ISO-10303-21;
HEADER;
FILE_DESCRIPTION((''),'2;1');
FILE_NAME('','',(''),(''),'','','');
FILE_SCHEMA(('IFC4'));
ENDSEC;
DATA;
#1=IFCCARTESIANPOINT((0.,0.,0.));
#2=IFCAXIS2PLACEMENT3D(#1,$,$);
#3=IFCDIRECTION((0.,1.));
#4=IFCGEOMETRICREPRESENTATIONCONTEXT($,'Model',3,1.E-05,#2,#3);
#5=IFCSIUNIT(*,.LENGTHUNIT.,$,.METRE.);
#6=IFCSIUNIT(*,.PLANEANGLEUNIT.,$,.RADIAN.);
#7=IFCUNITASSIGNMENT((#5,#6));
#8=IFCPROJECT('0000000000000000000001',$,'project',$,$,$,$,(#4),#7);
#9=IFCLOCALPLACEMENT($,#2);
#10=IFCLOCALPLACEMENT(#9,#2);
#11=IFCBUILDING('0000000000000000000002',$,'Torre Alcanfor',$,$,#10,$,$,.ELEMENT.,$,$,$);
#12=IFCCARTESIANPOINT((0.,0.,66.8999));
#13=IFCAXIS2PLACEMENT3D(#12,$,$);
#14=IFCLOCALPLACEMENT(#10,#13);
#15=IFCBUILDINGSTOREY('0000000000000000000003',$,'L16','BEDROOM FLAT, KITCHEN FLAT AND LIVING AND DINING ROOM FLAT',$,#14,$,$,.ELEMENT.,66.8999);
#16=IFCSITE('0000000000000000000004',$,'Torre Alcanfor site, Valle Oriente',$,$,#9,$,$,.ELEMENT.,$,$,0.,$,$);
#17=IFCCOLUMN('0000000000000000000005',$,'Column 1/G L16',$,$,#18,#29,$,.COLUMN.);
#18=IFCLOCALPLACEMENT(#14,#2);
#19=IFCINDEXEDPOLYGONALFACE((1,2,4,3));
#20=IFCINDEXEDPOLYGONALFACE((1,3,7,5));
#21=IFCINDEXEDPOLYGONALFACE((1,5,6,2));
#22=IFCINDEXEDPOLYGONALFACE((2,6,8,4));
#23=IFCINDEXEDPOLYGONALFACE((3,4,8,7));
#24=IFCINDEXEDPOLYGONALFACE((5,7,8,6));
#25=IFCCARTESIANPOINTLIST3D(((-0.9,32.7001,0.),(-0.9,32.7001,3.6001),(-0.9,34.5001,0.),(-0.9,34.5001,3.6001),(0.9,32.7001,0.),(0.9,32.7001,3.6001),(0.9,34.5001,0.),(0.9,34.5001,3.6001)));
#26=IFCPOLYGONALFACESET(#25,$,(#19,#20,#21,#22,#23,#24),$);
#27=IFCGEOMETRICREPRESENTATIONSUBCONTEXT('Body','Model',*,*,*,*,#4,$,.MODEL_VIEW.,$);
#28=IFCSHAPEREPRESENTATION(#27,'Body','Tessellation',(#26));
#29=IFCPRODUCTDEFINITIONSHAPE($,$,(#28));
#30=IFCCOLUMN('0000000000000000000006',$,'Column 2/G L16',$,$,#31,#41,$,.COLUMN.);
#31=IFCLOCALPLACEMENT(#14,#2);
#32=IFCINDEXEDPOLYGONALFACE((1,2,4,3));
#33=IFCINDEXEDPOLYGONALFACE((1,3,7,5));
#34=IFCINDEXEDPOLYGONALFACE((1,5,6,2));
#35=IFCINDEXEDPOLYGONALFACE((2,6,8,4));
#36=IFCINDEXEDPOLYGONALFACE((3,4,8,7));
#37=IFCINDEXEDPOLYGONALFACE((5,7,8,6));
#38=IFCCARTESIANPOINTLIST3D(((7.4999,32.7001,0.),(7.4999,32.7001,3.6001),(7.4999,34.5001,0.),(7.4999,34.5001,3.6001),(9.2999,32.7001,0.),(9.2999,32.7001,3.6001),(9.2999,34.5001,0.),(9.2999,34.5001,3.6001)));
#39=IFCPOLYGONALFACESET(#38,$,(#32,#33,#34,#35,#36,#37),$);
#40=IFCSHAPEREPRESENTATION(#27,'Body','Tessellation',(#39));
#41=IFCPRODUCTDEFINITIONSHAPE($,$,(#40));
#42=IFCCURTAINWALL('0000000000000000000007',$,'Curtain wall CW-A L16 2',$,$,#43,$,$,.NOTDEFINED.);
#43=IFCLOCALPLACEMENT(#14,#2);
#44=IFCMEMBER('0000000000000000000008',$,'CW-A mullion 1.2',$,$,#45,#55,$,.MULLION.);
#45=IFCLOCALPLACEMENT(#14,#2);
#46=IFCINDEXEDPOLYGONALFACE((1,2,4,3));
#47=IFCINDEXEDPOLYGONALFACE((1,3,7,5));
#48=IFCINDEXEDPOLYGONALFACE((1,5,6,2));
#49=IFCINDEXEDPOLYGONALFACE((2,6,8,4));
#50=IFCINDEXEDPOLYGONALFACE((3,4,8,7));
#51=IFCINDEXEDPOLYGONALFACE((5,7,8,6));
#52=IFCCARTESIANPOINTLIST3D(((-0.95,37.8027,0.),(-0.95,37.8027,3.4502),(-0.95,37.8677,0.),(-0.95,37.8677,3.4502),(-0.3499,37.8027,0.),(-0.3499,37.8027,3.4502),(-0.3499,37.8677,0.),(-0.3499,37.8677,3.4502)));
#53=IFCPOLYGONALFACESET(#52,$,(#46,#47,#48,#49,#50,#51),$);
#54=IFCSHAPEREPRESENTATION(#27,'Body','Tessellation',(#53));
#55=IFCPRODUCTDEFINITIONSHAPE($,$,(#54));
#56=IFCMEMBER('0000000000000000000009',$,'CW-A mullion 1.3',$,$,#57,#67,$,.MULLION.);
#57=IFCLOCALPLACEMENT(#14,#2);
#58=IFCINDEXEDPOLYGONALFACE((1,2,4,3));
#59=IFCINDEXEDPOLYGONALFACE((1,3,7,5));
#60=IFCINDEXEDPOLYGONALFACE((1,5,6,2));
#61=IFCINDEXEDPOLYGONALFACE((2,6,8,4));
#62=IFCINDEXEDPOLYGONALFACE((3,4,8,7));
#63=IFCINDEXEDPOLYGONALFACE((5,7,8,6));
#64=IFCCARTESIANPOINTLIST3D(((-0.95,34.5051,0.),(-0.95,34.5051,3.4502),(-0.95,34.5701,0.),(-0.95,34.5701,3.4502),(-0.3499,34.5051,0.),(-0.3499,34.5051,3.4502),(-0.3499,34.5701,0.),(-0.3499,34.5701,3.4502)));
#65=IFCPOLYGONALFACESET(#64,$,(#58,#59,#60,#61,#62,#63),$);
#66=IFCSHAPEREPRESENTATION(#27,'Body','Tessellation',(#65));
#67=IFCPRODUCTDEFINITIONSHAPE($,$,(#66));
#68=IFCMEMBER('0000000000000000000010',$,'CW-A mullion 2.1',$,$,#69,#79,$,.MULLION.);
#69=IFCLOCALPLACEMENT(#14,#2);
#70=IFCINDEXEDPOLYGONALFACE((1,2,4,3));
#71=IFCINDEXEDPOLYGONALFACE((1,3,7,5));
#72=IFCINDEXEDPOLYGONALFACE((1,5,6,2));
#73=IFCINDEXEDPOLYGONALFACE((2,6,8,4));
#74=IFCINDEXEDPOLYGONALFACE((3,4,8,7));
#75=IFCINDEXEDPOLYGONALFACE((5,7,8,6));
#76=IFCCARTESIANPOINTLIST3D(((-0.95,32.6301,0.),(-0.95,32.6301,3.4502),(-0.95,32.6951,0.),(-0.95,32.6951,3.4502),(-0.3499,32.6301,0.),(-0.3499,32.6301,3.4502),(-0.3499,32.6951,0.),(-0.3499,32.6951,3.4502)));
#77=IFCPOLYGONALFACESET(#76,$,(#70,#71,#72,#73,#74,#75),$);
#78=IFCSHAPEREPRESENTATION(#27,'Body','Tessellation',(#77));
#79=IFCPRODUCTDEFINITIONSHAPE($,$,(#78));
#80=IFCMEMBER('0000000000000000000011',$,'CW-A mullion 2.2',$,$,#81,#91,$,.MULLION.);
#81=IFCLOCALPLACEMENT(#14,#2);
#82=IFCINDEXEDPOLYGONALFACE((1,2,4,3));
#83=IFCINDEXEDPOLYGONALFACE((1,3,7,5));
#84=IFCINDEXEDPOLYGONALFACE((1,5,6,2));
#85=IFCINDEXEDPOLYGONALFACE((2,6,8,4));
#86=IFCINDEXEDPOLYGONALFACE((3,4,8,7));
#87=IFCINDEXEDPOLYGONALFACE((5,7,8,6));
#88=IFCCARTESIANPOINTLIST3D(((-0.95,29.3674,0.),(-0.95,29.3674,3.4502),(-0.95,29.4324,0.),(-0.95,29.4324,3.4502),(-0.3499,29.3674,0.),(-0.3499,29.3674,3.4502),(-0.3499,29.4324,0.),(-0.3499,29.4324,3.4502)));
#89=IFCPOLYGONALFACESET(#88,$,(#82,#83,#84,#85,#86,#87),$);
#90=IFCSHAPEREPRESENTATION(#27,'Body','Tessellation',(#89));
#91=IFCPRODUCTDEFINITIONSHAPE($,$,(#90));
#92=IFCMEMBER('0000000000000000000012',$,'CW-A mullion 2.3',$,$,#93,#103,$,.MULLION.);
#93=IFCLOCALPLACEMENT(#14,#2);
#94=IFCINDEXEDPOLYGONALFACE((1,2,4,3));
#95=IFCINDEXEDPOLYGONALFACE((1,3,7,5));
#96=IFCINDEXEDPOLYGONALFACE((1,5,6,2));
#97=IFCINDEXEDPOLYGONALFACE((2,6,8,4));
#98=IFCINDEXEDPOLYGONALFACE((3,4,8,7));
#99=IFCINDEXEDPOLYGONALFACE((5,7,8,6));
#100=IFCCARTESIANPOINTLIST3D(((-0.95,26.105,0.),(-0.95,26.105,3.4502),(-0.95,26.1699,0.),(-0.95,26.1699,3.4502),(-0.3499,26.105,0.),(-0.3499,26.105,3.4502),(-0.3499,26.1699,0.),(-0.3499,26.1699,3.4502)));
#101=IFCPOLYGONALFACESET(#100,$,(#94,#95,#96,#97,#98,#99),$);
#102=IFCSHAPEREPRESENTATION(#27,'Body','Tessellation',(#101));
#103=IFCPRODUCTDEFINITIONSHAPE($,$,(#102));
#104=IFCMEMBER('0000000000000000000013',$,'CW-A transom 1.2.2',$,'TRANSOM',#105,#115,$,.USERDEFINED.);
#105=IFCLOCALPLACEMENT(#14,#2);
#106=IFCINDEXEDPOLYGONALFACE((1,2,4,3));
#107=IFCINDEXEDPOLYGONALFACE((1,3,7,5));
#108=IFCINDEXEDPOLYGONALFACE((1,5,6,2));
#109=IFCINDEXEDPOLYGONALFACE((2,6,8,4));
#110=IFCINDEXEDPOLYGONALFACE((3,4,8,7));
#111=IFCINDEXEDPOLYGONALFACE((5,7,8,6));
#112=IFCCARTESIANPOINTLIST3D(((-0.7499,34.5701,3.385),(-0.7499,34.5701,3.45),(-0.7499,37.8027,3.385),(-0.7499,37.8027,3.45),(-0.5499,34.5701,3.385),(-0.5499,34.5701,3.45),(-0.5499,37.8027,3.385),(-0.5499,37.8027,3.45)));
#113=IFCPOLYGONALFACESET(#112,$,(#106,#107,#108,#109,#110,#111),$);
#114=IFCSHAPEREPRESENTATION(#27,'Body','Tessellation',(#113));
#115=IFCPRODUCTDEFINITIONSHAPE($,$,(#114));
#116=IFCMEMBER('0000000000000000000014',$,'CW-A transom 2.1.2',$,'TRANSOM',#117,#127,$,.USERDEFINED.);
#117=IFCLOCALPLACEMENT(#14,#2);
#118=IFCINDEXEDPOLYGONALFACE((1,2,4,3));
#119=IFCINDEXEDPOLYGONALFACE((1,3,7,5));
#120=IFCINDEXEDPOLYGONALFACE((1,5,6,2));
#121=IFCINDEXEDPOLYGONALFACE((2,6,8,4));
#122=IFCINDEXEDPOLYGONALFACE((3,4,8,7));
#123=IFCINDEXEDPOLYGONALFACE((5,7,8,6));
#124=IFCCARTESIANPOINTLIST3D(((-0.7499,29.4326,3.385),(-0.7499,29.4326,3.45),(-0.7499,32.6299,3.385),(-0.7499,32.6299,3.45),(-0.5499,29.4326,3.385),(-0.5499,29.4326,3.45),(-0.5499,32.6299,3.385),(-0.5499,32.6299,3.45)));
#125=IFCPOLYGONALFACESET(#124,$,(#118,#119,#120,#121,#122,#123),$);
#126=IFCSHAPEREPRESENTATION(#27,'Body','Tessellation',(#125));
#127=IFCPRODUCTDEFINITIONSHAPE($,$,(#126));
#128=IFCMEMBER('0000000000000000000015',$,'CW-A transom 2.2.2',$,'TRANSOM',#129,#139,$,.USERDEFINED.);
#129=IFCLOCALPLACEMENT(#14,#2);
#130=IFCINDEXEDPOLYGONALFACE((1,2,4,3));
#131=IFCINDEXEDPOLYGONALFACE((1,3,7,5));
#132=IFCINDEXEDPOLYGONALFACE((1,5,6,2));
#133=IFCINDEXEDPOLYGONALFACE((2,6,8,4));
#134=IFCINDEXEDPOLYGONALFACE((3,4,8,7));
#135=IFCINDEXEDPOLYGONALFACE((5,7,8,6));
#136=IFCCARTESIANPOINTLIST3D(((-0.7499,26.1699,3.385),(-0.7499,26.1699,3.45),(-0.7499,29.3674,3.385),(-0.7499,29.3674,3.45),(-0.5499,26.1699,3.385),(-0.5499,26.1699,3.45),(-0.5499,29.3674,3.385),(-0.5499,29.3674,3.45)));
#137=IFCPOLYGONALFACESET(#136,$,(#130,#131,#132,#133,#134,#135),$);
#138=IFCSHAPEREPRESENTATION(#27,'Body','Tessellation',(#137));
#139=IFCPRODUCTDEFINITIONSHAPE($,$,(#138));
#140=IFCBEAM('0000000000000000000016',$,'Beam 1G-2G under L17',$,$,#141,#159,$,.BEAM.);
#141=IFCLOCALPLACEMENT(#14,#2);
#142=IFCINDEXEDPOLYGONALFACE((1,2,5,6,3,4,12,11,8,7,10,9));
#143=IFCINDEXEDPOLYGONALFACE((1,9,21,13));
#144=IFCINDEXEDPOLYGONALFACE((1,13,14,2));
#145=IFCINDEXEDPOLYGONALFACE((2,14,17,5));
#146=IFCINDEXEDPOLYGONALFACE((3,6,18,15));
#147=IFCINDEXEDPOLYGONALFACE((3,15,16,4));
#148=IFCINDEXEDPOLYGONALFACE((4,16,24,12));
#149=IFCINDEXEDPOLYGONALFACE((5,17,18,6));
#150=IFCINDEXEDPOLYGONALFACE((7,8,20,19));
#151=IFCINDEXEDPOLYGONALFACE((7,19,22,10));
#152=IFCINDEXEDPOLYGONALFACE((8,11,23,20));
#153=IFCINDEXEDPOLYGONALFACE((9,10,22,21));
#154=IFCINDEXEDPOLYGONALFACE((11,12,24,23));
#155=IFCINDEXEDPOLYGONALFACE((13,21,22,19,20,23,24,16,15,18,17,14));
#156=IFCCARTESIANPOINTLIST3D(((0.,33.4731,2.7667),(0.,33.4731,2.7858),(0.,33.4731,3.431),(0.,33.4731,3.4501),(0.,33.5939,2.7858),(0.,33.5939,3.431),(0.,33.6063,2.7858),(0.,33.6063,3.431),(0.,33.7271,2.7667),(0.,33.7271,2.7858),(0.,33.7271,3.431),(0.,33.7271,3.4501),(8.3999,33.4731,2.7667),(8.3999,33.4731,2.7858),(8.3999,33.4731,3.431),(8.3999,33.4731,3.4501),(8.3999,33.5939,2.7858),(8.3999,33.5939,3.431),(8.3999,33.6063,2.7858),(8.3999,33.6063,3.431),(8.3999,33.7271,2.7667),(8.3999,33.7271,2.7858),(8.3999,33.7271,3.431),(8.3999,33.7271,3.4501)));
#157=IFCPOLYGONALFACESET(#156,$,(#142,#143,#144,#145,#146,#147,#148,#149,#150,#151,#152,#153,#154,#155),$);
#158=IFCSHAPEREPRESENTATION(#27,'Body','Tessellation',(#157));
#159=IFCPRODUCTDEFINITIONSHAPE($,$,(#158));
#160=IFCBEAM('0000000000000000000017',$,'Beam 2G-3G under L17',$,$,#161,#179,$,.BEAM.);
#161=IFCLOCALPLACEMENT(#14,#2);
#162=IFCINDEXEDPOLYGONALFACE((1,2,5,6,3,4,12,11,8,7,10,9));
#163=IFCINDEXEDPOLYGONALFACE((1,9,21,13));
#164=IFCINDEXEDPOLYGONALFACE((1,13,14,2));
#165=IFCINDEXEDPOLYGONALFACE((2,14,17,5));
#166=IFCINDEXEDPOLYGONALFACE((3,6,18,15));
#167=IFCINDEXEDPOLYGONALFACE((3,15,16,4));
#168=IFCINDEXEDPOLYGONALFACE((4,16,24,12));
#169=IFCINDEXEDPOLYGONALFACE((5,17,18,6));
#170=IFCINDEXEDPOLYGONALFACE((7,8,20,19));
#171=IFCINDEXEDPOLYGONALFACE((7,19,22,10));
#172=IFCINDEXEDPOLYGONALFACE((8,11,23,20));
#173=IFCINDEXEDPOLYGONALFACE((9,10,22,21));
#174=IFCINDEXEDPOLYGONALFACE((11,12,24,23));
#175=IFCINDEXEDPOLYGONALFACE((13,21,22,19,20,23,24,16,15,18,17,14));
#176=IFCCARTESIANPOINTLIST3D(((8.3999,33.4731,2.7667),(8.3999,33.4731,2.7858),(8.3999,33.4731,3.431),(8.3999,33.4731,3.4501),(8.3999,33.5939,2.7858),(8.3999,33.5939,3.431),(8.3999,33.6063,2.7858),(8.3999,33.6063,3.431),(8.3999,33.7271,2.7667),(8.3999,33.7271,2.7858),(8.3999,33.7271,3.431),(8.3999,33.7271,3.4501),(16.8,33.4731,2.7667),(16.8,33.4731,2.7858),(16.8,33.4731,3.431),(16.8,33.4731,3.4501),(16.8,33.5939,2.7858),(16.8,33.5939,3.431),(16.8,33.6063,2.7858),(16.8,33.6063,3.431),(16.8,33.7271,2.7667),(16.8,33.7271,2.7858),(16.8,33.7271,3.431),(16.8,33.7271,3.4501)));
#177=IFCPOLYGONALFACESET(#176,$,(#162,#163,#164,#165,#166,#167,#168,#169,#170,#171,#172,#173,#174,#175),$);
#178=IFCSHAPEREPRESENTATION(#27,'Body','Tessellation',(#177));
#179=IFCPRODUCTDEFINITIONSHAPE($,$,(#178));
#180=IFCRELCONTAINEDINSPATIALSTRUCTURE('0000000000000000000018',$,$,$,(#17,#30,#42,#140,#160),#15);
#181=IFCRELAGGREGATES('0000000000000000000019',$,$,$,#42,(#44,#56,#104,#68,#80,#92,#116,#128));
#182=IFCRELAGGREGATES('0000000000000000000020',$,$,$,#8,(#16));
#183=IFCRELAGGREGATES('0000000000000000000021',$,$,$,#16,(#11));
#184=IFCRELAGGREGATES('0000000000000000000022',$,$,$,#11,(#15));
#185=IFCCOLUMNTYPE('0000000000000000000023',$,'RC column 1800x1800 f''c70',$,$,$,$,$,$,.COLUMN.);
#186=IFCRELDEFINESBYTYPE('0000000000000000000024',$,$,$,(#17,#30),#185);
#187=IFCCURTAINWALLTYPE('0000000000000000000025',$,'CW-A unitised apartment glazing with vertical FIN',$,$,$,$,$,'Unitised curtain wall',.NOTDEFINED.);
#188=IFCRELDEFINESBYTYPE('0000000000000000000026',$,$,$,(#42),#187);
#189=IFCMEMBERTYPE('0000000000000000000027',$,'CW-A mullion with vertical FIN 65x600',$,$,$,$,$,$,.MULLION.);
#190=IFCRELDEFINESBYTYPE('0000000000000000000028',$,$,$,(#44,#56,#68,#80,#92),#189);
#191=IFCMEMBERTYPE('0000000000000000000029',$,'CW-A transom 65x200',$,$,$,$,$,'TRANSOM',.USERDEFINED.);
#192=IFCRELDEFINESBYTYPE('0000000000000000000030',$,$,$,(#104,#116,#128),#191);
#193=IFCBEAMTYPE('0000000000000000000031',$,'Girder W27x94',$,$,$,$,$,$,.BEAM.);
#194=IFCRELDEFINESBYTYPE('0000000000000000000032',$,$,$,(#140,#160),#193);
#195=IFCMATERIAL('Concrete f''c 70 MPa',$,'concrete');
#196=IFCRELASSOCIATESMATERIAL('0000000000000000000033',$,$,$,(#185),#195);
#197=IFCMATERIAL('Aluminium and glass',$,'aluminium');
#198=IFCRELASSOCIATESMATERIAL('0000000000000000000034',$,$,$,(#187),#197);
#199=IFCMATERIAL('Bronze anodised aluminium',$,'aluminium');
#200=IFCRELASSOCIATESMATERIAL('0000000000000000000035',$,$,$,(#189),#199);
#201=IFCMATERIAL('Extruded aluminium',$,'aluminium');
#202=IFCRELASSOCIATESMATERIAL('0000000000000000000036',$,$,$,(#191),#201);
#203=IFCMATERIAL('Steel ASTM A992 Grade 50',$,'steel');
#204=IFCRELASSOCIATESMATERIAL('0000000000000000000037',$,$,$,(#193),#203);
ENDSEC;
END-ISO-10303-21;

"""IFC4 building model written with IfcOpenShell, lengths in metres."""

from ifc_helpers import new_model, si_unit, direction, frame, origin, origin_2d, place, context, subcontext, project, spatial, rectangle, i_section, extrude, material, material_profile, profile_set, type_object, element, aggregate, save


model = new_model("IFC4")

# Units and contexts
model_context = context("Model", 3, precision=1e-05, world=origin(), true_north=direction((0.0, 1.0)))
body_context = subcontext(model_context, "Body", "Model", "MODEL_VIEW")
ifc_project = project(units=[si_unit("LENGTHUNIT", "METRE"), si_unit("PLANEANGLEUNIT", "RADIAN")], contexts=[model_context])

# Site, building, storey
site_placement = place(None, origin())
site = spatial("IfcSite", under=ifc_project, at=site_placement, Name="Torre Alcanfor site, Valle Oriente", CompositionType="ELEMENT", RefElevation=0.0)
building_placement = place(site_placement, origin())
building = spatial("IfcBuilding", under=site, at=building_placement, Name="Torre Alcanfor", CompositionType="ELEMENT")
storey_placement = place(building_placement, frame((0.0, 0.0, 66.8999)))
storey = spatial("IfcBuildingStorey", under=building, at=storey_placement, Name="L16", Description="BEDROOM FLAT, KITCHEN FLAT AND LIVING AND DINING ROOM FLAT", CompositionType="ELEMENT", Elevation=66.8999)

# Columns
ifc_material_1 = material(Name="Concrete f'c 70 MPa", Category="concrete")
ifc_material_profile_1 = material_profile(ifc_material_1, rectangle(XDim=1.8, YDim=1.8, at=origin_2d()), Name="1800x1800")
ifc_profile_set_1 = profile_set([ifc_material_profile_1], Name="Concrete f'c 70 MPa")
column_type = type_object("IfcColumnType", Name="RC column 1800x1800 f'c70", PredefinedType="COLUMN", material=ifc_profile_set_1)
for number, where, z_axis, x_axis, name in (
    (1, (0.0, 33.6001, 0.0), (0.0, 0.0, 1.0), (1.0, 0.0, 0.0), "Column 1/G L16"),
    (2, (8.3999, 33.6001, 0.0), (0.0, 0.0, 1.0), (1.0, 0.0, 0.0), "Column 2/G L16"),
):
    element("IfcColumn", number, at=place(storey_placement, frame(where, z_axis=z_axis, x_axis=x_axis)), inside=storey, type_object=column_type, Name=name, PredefinedType="COLUMN", context=body_context, shape_type="SweptSolid", body=[
        extrude(rectangle(XDim=1.8, YDim=1.8, at=origin_2d()), origin(), (0.0, 0.0, 1.0), 3.6001),
    ])

# Curtain wall, members
ifc_material_2 = material(Name="Aluminium and glass", Category="aluminium")
curtain_wall_type = type_object("IfcCurtainWallType", Name="CW-A unitised apartment glazing with vertical FIN", ElementType="Unitised curtain wall", PredefinedType="NOTDEFINED", material=ifc_material_2)
curtain_wall_placement = place(storey_placement, origin())
curtain_wall = element("IfcCurtainWall", 3, at=curtain_wall_placement, inside=storey, type_object=curtain_wall_type, Name="Curtain wall CW-A L16 2", PredefinedType="NOTDEFINED")
ifc_material_3 = material(Name="Bronze anodised aluminium", Category="aluminium")
ifc_material_profile_2 = material_profile(ifc_material_3, rectangle(XDim=0.6001, YDim=0.0649, at=origin_2d()), Name="CW-A mullion 65x600")
ifc_profile_set_2 = profile_set([ifc_material_profile_2], Name="Bronze anodised aluminium")
member_type_1 = type_object("IfcMemberType", Name="CW-A mullion with vertical FIN 65x600", PredefinedType="MULLION", material=ifc_profile_set_2)
member_1_placement = place(storey_placement, frame((-0.6499, 37.8352, 0.0), z_axis=(0.0, 0.0, 1.0), x_axis=(1.0, 0.0, 0.0)))
member_1 = element("IfcMember", 4, at=member_1_placement, type_object=member_type_1, Name="CW-A mullion 1.2", PredefinedType="MULLION", context=body_context, shape_type="SweptSolid", body=[
    extrude(rectangle(XDim=0.6001, YDim=0.0649, at=origin_2d()), origin(), (0.0, 0.0, 1.0), 3.4502),
])
member_2_placement = place(storey_placement, frame((-0.6499, 34.5376, 0.0), z_axis=(0.0, 0.0, 1.0), x_axis=(1.0, 0.0, 0.0)))
member_2 = element("IfcMember", 5, at=member_2_placement, type_object=member_type_1, Name="CW-A mullion 1.3", PredefinedType="MULLION", context=body_context, shape_type="SweptSolid", body=[
    extrude(rectangle(XDim=0.6001, YDim=0.0649, at=origin_2d()), origin(), (0.0, 0.0, 1.0), 3.4502),
])
member_3_placement = place(storey_placement, frame((-0.6499, 32.6626, 0.0), z_axis=(0.0, 0.0, 1.0), x_axis=(1.0, 0.0, 0.0)))
member_3 = element("IfcMember", 6, at=member_3_placement, type_object=member_type_1, Name="CW-A mullion 2.1", PredefinedType="MULLION", context=body_context, shape_type="SweptSolid", body=[
    extrude(rectangle(XDim=0.6001, YDim=0.0649, at=origin_2d()), origin(), (0.0, 0.0, 1.0), 3.4502),
])
member_4_placement = place(storey_placement, frame((-0.6499, 29.3999, 0.0), z_axis=(0.0, 0.0, 1.0), x_axis=(1.0, 0.0, 0.0)))
member_4 = element("IfcMember", 7, at=member_4_placement, type_object=member_type_1, Name="CW-A mullion 2.2", PredefinedType="MULLION", context=body_context, shape_type="SweptSolid", body=[
    extrude(rectangle(XDim=0.6001, YDim=0.0649, at=origin_2d()), origin(), (0.0, 0.0, 1.0), 3.4502),
])
member_5_placement = place(storey_placement, frame((-0.6499, 26.1375, 0.0), z_axis=(0.0, 0.0, 1.0), x_axis=(1.0, 0.0, 0.0)))
member_5 = element("IfcMember", 8, at=member_5_placement, type_object=member_type_1, Name="CW-A mullion 2.3", PredefinedType="MULLION", context=body_context, shape_type="SweptSolid", body=[
    extrude(rectangle(XDim=0.6001, YDim=0.0649, at=origin_2d()), origin(), (0.0, 0.0, 1.0), 3.4502),
])
ifc_material_4 = material(Name="Extruded aluminium", Category="aluminium")
ifc_material_profile_3 = material_profile(ifc_material_4, rectangle(XDim=0.2, YDim=0.0649, at=origin_2d()), Name="CW-A transom 200x65")
ifc_profile_set_3 = profile_set([ifc_material_profile_3], Name="Extruded aluminium")
member_type_2 = type_object("IfcMemberType", Name="CW-A transom 65x200", ElementType="TRANSOM", PredefinedType="USERDEFINED", material=ifc_profile_set_3)
member_6_placement = place(storey_placement, frame((-0.6499, 37.8027, 3.4175), z_axis=(0.0, -1.0, 0.0), x_axis=(1.0, 0.0, 0.0)))
member_6 = element("IfcMember", 9, at=member_6_placement, type_object=member_type_2, Name="CW-A transom 1.2.2", ObjectType="TRANSOM", PredefinedType="USERDEFINED", context=body_context, shape_type="SweptSolid", body=[
    extrude(rectangle(XDim=0.2, YDim=0.0649, at=origin_2d()), origin(), (0.0, 0.0, 1.0), 3.2327),
])
member_7_placement = place(storey_placement, frame((-0.6499, 32.6299, 3.4175), z_axis=(0.0, -1.0, 0.0), x_axis=(1.0, 0.0, 0.0)))
member_7 = element("IfcMember", 10, at=member_7_placement, type_object=member_type_2, Name="CW-A transom 2.1.2", ObjectType="TRANSOM", PredefinedType="USERDEFINED", context=body_context, shape_type="SweptSolid", body=[
    extrude(rectangle(XDim=0.2, YDim=0.0649, at=origin_2d()), origin(), (0.0, 0.0, 1.0), 3.1973),
])
member_8_placement = place(storey_placement, frame((-0.6499, 29.3674, 3.4175), z_axis=(0.0, -1.0, 0.0), x_axis=(1.0, 0.0, 0.0)))
member_8 = element("IfcMember", 11, at=member_8_placement, type_object=member_type_2, Name="CW-A transom 2.2.2", ObjectType="TRANSOM", PredefinedType="USERDEFINED", context=body_context, shape_type="SweptSolid", body=[
    extrude(rectangle(XDim=0.2, YDim=0.0649, at=origin_2d()), origin(), (0.0, 0.0, 1.0), 3.1975),
])

# Beams
ifc_material_5 = material(Name="Steel ASTM A992 Grade 50", Category="steel")
ifc_material_profile_4 = material_profile(ifc_material_5, i_section(OverallWidth=0.2539, OverallDepth=0.6833, WebThickness=0.0125, FlangeThickness=0.019, at=origin_2d()), Name="W27x94")
ifc_profile_set_4 = profile_set([ifc_material_profile_4], Name="Steel ASTM A992 Grade 50")
beam_type_1 = type_object("IfcBeamType", Name="Girder W27x94", PredefinedType="BEAM", material=ifc_profile_set_4)
beam_1_placement = place(storey_placement, frame((0.0, 33.6001, 3.1084), z_axis=(1.0, 0.0, 0.0), x_axis=(0.0, 1.0, 0.0)))
element("IfcBeam", 12, at=beam_1_placement, inside=storey, type_object=beam_type_1, Name="Beam 1G-2G under L17", PredefinedType="BEAM", context=body_context, shape_type="SweptSolid", body=[
    extrude(i_section(OverallWidth=0.2539, OverallDepth=0.6833, WebThickness=0.0125, FlangeThickness=0.019, at=origin_2d()), origin(), (0.0, 0.0, 1.0), 8.3999),
])
beam_2_placement = place(storey_placement, frame((8.3999, 33.6001, 3.1084), z_axis=(1.0, 0.0, 0.0), x_axis=(0.0, 1.0, 0.0)))
element("IfcBeam", 13, at=beam_2_placement, inside=storey, type_object=beam_type_1, Name="Beam 2G-3G under L17", PredefinedType="BEAM", context=body_context, shape_type="SweptSolid", body=[
    extrude(i_section(OverallWidth=0.2539, OverallDepth=0.6833, WebThickness=0.0125, FlangeThickness=0.019, at=origin_2d()), origin(), (0.0, 0.0, 1.0), 8.4001),
])

aggregate(curtain_wall, [member_1, member_2, member_6, member_3, member_4, member_5, member_7, member_8])

save(model, "model.ifc")
